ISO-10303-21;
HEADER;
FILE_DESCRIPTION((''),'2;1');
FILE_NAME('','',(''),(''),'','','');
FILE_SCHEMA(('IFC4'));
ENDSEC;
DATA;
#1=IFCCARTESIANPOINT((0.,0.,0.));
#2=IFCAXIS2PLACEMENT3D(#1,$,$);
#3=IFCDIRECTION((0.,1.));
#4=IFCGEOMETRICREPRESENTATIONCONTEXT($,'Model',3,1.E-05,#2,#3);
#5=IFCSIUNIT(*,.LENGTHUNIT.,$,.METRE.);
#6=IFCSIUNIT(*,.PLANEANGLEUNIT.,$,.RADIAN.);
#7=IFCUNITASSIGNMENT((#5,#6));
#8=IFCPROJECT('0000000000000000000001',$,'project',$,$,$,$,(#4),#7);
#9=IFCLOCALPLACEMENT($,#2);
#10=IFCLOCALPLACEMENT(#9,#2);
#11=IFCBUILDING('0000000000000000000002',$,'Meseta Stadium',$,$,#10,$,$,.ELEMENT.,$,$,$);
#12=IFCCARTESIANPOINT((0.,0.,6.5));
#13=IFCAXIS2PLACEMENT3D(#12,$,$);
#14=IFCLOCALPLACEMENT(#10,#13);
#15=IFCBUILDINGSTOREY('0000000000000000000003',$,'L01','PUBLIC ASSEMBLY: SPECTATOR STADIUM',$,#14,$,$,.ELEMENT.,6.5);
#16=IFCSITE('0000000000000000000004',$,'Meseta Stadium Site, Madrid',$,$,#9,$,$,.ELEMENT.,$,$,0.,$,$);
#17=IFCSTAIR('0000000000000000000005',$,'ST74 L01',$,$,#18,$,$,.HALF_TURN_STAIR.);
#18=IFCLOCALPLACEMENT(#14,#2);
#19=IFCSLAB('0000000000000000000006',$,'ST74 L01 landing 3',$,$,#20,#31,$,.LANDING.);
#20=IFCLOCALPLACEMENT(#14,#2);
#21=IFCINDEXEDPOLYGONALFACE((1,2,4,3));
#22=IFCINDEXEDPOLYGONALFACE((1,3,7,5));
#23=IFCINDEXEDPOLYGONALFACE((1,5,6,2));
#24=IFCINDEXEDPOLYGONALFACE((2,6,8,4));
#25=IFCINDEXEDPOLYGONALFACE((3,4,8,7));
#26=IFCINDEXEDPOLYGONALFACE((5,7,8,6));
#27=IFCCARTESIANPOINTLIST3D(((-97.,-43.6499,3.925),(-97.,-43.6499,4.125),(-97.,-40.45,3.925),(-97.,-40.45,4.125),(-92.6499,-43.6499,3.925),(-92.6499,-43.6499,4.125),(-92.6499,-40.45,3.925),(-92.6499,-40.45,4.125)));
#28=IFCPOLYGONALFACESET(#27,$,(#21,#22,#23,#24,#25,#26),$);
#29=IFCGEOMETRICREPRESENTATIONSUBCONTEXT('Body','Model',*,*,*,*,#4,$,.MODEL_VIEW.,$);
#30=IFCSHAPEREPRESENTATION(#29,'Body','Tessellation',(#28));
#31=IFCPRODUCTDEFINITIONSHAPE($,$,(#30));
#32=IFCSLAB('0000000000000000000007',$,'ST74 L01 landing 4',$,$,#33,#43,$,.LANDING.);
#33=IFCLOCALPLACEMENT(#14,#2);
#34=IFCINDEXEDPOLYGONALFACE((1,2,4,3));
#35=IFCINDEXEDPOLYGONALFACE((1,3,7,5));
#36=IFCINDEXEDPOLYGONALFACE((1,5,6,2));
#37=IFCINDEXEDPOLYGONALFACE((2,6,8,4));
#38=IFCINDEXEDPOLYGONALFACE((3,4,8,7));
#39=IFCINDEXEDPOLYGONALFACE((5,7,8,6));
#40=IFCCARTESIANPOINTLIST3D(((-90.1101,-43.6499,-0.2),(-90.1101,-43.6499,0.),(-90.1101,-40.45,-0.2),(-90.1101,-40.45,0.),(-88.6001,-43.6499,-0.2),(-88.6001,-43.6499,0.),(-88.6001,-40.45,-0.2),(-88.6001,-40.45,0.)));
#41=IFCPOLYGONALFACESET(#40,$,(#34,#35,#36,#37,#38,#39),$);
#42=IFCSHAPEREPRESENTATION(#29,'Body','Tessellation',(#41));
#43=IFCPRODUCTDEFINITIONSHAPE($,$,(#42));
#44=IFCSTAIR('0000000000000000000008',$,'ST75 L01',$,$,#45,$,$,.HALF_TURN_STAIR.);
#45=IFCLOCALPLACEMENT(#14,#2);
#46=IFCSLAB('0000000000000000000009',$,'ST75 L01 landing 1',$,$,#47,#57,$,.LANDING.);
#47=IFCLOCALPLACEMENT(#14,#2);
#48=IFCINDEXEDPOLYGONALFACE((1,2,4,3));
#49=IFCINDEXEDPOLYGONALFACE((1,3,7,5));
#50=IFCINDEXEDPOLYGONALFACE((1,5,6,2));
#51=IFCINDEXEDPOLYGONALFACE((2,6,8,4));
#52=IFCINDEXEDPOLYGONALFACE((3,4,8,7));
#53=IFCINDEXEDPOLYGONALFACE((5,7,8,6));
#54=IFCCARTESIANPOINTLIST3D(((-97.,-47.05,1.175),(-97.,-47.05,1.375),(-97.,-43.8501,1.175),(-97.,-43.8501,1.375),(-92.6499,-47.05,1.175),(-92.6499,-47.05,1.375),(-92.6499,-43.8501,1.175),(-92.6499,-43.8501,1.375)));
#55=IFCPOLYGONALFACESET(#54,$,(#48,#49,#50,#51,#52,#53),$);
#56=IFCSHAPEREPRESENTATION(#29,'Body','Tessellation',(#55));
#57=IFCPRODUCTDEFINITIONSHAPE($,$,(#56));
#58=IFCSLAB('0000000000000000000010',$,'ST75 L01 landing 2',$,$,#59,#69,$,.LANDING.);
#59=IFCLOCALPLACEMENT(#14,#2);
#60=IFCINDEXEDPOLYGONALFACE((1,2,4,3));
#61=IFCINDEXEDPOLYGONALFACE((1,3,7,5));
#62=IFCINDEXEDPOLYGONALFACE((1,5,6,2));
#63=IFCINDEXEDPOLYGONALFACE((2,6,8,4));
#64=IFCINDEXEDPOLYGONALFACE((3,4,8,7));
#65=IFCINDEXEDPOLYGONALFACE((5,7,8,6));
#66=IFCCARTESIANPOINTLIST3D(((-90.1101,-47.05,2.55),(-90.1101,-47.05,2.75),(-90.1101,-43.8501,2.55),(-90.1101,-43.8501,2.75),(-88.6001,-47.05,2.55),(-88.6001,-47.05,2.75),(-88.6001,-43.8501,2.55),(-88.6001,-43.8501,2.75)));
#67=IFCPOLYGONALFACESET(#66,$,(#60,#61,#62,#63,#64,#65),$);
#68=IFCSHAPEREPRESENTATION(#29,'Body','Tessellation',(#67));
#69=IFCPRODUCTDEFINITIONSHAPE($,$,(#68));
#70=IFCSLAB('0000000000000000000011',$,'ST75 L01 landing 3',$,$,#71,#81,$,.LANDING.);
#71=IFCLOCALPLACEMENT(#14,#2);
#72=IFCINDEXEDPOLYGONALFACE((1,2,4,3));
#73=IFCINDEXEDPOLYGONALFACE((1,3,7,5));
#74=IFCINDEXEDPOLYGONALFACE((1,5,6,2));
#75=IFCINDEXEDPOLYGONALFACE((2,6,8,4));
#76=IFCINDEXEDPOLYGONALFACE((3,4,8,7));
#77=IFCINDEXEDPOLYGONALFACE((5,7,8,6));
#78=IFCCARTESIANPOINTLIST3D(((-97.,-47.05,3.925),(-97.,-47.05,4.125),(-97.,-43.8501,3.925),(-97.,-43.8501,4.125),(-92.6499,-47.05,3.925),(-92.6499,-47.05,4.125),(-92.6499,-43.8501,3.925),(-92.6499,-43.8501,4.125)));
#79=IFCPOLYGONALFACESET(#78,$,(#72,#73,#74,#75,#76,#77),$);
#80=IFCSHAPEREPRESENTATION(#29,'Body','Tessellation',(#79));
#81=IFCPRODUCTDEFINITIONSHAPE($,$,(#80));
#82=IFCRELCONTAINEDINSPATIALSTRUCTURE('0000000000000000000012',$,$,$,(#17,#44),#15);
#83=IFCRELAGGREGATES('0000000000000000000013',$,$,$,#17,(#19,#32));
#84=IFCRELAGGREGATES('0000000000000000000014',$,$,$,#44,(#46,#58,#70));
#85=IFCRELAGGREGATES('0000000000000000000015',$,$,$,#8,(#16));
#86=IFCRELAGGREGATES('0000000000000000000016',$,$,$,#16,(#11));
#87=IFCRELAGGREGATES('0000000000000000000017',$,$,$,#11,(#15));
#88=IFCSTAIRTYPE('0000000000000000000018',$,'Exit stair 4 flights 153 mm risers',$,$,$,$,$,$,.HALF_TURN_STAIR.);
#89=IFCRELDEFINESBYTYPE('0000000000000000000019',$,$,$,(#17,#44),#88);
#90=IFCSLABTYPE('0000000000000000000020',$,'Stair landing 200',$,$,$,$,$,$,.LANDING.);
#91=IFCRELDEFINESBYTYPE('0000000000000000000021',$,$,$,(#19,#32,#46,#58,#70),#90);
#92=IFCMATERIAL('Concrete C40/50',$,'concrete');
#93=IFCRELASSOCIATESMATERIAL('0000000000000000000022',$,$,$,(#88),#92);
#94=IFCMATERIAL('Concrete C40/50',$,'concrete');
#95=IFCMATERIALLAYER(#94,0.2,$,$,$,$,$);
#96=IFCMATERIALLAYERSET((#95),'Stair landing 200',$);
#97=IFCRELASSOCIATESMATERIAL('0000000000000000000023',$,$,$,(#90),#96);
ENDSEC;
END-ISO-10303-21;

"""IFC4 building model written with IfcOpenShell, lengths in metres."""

from ifc_helpers import new_model, si_unit, direction, frame, origin, place, context, subcontext, project, spatial, polyline, outline, extrude, material, layer, layer_set, type_object, element, aggregate, save


model = new_model("IFC4")

# Units and contexts
model_context = context("Model", 3, precision=1e-05, world=origin(), true_north=direction((0.0, 1.0)))
body_context = subcontext(model_context, "Body", "Model", "MODEL_VIEW")
ifc_project = project(units=[si_unit("LENGTHUNIT", "METRE"), si_unit("PLANEANGLEUNIT", "RADIAN")], contexts=[model_context])

# Site, building, storey
site_placement = place(None, origin())
site = spatial("IfcSite", under=ifc_project, at=site_placement, Name="Meseta Stadium Site, Madrid", CompositionType="ELEMENT", RefElevation=0.0)
building_placement = place(site_placement, origin())
building = spatial("IfcBuilding", under=site, at=building_placement, Name="Meseta Stadium", CompositionType="ELEMENT")
storey_placement = place(building_placement, frame((0.0, 0.0, 6.5)))
storey = spatial("IfcBuildingStorey", under=building, at=storey_placement, Name="L01", Description="PUBLIC ASSEMBLY: SPECTATOR STADIUM", CompositionType="ELEMENT", Elevation=6.5)

# Shared definitions
ifc_material_1 = material(Name="Concrete C40/50", Category="concrete")
stair_type = type_object("IfcStairType", Name="Exit stair 4 flights 153 mm risers", PredefinedType="HALF_TURN_STAIR", material=ifc_material_1)
ifc_material_2 = material(Name="Concrete C40/50", Category="concrete")
ifc_layer = layer(ifc_material_2, 0.2)
ifc_layer_set = layer_set([ifc_layer], Name="Stair landing 200")
slab_type = type_object("IfcSlabType", Name="Stair landing 200", PredefinedType="LANDING", material=ifc_layer_set)

# Stairs, slabs
stair_1_placement = place(storey_placement, origin())
stair_1 = element("IfcStair", 1, at=stair_1_placement, inside=storey, type_object=stair_type, Name="ST74 L01", PredefinedType="HALF_TURN_STAIR")
slab_1_placement = place(storey_placement, frame((0.0, 0.0, 3.925)))
slab_1 = element("IfcSlab", 2, at=slab_1_placement, type_object=slab_type, Name="ST74 L01 landing 3", PredefinedType="LANDING", context=body_context, shape_type="SweptSolid", body=[
    extrude(outline(polyline([(-92.6499, -40.45), (-97.0, -40.45), (-97.0, -43.6499), (-92.6499, -43.6499), (-92.6499, -40.45)])), origin(), (0.0, 0.0, 1.0), 0.2),
])
slab_2_placement = place(storey_placement, frame((0.0, 0.0, -0.2)))
slab_2 = element("IfcSlab", 3, at=slab_2_placement, type_object=slab_type, Name="ST74 L01 landing 4", PredefinedType="LANDING", context=body_context, shape_type="SweptSolid", body=[
    extrude(outline(polyline([(-88.6001, -40.45), (-90.1101, -40.45), (-90.1101, -43.6499), (-88.6001, -43.6499), (-88.6001, -40.45)])), origin(), (0.0, 0.0, 1.0), 0.2),
])
aggregate(stair_1, [slab_1, slab_2])
stair_2_placement = place(storey_placement, origin())
stair_2 = element("IfcStair", 4, at=stair_2_placement, inside=storey, type_object=stair_type, Name="ST75 L01", PredefinedType="HALF_TURN_STAIR")
slab_3_placement = place(storey_placement, frame((0.0, 0.0, 1.175)))
slab_3 = element("IfcSlab", 5, at=slab_3_placement, type_object=slab_type, Name="ST75 L01 landing 1", PredefinedType="LANDING", context=body_context, shape_type="SweptSolid", body=[
    extrude(outline(polyline([(-92.6499, -43.8501), (-97.0, -43.8501), (-97.0, -47.05), (-92.6499, -47.05), (-92.6499, -43.8501)])), origin(), (0.0, 0.0, 1.0), 0.2),
])
slab_4_placement = place(storey_placement, frame((0.0, 0.0, 2.55)))
slab_4 = element("IfcSlab", 6, at=slab_4_placement, type_object=slab_type, Name="ST75 L01 landing 2", PredefinedType="LANDING", context=body_context, shape_type="SweptSolid", body=[
    extrude(outline(polyline([(-88.6001, -43.8501), (-90.1101, -43.8501), (-90.1101, -47.05), (-88.6001, -47.05), (-88.6001, -43.8501)])), origin(), (0.0, 0.0, 1.0), 0.2),
])
slab_5_placement = place(storey_placement, frame((0.0, 0.0, 3.925)))
slab_5 = element("IfcSlab", 7, at=slab_5_placement, type_object=slab_type, Name="ST75 L01 landing 3", PredefinedType="LANDING", context=body_context, shape_type="SweptSolid", body=[
    extrude(outline(polyline([(-92.6499, -43.8501), (-97.0, -43.8501), (-97.0, -47.05), (-92.6499, -47.05), (-92.6499, -43.8501)])), origin(), (0.0, 0.0, 1.0), 0.2),
])
aggregate(stair_2, [slab_3, slab_4, slab_5])

save(model, "model.ifc")
